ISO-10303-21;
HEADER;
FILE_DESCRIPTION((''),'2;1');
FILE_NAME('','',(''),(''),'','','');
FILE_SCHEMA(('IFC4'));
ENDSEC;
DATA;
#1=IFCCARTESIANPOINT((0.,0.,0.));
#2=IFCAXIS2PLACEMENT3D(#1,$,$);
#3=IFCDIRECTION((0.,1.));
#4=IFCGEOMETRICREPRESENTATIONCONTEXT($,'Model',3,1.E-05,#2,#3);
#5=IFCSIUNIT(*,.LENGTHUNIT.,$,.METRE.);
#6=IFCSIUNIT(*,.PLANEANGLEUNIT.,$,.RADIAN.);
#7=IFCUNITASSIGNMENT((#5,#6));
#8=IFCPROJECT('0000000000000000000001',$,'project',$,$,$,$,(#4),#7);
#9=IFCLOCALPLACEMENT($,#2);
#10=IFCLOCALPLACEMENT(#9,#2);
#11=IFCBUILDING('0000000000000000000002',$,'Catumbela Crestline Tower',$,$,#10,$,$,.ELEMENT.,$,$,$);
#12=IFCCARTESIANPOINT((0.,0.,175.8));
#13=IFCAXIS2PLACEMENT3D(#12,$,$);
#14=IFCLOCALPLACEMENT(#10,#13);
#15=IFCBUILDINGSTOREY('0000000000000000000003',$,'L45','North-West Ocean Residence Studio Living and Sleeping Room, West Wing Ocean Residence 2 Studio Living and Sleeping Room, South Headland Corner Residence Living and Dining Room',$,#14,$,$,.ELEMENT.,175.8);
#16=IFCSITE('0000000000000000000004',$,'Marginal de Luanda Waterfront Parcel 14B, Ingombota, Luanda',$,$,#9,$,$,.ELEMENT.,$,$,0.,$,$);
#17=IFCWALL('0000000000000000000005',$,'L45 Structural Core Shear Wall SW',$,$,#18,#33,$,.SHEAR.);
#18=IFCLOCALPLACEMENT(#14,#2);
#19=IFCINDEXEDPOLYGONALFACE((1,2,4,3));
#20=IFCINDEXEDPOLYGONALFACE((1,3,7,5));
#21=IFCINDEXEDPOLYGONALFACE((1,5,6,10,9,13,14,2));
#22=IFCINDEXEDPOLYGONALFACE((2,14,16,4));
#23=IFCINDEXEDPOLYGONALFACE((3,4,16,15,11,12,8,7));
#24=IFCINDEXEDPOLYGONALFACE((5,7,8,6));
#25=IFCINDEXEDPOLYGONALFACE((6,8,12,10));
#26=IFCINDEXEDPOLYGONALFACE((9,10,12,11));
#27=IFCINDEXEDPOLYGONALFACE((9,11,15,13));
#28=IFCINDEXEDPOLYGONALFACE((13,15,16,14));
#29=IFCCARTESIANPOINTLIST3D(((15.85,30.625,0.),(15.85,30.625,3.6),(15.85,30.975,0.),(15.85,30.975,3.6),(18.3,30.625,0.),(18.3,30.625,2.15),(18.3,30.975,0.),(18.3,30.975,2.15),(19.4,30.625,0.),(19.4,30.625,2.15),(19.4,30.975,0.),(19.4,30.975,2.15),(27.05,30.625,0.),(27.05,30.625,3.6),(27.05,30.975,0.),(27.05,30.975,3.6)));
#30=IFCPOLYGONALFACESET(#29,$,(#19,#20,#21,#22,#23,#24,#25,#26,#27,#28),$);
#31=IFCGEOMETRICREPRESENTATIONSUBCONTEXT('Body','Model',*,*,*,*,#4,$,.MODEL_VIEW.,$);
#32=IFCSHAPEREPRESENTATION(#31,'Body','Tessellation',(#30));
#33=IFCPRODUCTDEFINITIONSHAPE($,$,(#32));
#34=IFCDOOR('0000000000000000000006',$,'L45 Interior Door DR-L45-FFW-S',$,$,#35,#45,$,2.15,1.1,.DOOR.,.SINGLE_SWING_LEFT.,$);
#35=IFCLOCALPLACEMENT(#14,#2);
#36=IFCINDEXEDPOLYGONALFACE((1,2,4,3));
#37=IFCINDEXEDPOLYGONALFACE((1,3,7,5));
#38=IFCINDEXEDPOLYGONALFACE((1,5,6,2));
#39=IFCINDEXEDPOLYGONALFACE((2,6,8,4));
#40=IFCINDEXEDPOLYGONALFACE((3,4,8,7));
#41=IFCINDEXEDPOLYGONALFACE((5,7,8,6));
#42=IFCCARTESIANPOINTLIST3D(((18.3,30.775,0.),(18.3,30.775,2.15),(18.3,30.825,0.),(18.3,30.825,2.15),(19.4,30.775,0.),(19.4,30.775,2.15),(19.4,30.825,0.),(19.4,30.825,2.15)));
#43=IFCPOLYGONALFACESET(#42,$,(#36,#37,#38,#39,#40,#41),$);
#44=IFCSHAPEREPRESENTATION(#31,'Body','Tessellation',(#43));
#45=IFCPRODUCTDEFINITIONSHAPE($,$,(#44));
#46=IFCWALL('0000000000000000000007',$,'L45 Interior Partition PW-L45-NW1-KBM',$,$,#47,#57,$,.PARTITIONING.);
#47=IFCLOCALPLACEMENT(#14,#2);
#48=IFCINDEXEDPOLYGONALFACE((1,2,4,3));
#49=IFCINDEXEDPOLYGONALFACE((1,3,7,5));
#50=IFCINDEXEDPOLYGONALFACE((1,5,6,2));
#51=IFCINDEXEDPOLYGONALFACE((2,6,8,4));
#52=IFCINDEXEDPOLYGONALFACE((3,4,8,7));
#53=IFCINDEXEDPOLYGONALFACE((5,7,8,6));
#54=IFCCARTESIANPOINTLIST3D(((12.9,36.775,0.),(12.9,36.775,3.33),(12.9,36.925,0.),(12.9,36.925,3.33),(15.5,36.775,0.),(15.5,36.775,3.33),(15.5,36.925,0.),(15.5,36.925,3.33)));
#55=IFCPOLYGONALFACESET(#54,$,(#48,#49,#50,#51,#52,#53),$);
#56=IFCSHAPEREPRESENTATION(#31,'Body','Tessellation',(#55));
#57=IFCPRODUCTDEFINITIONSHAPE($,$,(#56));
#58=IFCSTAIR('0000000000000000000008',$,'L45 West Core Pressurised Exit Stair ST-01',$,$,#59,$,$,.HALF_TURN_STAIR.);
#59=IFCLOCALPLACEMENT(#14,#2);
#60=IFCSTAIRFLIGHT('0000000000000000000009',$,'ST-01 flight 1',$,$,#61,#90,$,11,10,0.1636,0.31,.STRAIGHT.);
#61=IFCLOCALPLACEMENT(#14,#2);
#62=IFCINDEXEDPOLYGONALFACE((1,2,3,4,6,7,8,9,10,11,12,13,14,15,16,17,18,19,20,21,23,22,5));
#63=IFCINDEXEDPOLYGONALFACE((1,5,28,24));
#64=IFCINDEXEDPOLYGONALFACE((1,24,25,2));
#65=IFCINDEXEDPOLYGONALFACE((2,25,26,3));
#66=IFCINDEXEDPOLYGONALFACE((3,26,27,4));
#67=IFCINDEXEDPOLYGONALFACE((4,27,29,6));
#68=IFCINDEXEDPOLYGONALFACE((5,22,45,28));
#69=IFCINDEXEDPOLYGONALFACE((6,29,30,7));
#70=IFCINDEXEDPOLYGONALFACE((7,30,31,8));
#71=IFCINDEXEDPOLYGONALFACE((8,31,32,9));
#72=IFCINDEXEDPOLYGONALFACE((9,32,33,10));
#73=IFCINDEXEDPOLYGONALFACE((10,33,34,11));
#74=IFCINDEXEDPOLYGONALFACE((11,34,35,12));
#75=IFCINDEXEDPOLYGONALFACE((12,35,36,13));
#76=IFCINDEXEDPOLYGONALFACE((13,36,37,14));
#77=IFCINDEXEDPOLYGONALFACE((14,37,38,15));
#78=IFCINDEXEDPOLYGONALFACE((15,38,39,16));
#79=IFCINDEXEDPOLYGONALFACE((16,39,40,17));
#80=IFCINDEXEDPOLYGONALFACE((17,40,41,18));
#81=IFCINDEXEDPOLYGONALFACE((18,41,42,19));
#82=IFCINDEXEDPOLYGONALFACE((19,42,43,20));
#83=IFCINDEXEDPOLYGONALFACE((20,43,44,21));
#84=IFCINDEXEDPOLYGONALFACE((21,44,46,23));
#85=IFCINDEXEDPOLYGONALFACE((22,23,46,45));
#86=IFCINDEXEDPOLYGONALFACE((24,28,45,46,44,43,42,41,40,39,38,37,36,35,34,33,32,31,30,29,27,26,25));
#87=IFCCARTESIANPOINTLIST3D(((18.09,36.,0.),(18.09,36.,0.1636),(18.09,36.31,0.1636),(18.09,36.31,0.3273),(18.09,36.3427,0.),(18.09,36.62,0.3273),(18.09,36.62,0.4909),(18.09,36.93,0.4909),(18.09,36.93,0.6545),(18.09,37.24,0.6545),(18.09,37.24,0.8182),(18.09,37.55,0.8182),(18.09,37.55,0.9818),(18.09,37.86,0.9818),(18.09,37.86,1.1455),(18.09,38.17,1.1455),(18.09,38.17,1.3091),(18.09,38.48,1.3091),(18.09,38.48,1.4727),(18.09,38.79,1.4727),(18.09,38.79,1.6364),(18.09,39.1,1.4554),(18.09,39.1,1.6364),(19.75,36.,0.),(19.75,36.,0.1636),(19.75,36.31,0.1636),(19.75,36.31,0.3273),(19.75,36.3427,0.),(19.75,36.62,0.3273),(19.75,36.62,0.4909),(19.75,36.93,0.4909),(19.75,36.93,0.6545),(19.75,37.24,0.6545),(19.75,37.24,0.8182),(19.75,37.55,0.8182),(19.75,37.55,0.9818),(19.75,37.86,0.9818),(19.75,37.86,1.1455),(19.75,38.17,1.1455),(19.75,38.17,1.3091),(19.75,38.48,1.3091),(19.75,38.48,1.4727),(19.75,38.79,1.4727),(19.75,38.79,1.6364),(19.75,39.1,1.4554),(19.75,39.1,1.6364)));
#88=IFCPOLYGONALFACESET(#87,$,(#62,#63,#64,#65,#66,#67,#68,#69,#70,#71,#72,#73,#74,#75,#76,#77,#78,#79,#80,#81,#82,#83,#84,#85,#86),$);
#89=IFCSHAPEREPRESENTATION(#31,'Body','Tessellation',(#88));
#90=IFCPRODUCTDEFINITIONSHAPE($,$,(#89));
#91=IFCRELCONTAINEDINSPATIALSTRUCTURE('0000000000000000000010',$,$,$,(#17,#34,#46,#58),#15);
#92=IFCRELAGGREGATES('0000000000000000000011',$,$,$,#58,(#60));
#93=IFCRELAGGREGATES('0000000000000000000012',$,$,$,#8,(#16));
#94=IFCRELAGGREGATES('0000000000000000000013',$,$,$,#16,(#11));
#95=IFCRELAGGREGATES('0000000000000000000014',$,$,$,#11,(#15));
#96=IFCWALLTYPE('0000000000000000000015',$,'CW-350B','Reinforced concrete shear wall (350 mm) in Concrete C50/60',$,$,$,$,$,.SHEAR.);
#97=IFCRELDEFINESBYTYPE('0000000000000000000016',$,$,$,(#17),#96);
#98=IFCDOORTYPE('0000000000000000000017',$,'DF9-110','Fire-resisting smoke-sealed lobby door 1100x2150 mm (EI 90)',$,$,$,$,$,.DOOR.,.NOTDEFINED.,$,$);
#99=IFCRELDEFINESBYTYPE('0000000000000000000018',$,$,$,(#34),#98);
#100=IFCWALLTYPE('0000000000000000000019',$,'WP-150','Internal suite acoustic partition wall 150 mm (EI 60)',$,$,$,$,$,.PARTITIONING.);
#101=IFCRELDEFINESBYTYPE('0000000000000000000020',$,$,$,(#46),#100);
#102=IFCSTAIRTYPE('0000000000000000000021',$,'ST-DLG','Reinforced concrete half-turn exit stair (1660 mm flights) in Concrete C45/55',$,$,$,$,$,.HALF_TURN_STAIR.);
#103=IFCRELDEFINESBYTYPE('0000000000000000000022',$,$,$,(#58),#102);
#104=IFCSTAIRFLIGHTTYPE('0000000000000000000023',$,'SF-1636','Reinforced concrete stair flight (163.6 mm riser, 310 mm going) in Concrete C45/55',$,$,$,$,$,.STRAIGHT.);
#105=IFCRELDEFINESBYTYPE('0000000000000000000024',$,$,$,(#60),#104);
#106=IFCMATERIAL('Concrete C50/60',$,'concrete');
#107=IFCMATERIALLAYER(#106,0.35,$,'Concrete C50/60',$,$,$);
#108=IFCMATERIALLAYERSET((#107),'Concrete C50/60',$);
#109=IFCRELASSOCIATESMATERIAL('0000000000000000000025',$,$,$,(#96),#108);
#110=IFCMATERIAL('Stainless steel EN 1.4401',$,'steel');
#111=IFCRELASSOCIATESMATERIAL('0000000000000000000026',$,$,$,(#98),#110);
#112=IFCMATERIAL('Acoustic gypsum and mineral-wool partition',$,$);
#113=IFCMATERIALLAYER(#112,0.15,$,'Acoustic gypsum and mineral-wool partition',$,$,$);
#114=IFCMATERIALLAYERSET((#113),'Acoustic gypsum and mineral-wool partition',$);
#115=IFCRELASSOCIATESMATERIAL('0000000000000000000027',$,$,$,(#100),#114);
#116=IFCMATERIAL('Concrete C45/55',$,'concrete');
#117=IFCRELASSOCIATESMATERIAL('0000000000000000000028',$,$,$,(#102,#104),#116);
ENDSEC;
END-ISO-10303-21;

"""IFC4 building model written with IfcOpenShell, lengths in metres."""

from ifc_helpers import new_model, si_unit, direction, frame, frame_2d, origin, place, context, subcontext, project, spatial, polyline, rectangle, outline, extrude, material, layer, layer_set, type_object, element, fill, aggregate, save


model = new_model("IFC4")

# Units and contexts
model_context = context("Model", 3, precision=1e-05, world=origin(), true_north=direction((0.0, 1.0)))
body_context = subcontext(model_context, "Body", "Model", "MODEL_VIEW")
ifc_project = project(units=[si_unit("LENGTHUNIT", "METRE"), si_unit("PLANEANGLEUNIT", "RADIAN")], contexts=[model_context])

# Site, building, storey
site_placement = place(None, origin())
site = spatial("IfcSite", under=ifc_project, at=site_placement, Name="Marginal de Luanda Waterfront Parcel 14B, Ingombota, Luanda", CompositionType="ELEMENT", RefElevation=0.0)
building_placement = place(site_placement, origin())
building = spatial("IfcBuilding", under=site, at=building_placement, Name="Catumbela Crestline Tower", CompositionType="ELEMENT")
storey_placement = place(building_placement, frame((0.0, 0.0, 175.8)))
storey = spatial("IfcBuildingStorey", under=building, at=storey_placement, Name="L45", Description="North-West Ocean Residence Studio Living and Sleeping Room, West Wing Ocean Residence 2 Studio Living and Sleeping Room, South Headland Corner Residence Living and Dining Room", CompositionType="ELEMENT", Elevation=175.8)

# Shared definitions
ifc_material_1 = material(Name="Concrete C50/60", Category="concrete")

# Shared definitions
ifc_material_2 = material(Name="Stainless steel EN 1.4401", Category="steel")

# Wall, opening, door
ifc_layer_1 = layer(ifc_material_1, 0.35, Name="Concrete C50/60")
ifc_layer_set_1 = layer_set([ifc_layer_1], Name="Concrete C50/60")
wall_type_1 = type_object("IfcWallType", Name="CW-350B", Description="Reinforced concrete shear wall (350 mm) in Concrete C50/60", PredefinedType="SHEAR", material=ifc_layer_set_1)
wall_1_placement = place(storey_placement, frame((15.85, 30.8, 0.0), z_axis=(0.0, 0.0, 1.0), x_axis=(1.0, 0.0, 0.0)))
wall_1 = element("IfcWall", 1, at=wall_1_placement, inside=storey, type_object=wall_type_1, Name="L45 Structural Core Shear Wall SW", PredefinedType="SHEAR", context=body_context, shape_type="SweptSolid", body=[
    extrude(rectangle(XDim=11.2, YDim=0.35, at=frame_2d((5.6, 0.0))), origin(), (0.0, 0.0, 1.0), 3.6),
])
opening_1_placement = place(wall_1_placement, frame((2.45, 0.0, 0.0)))
opening_1 = element("IfcOpeningElement", 2, at=opening_1_placement, cuts=wall_1, PredefinedType="OPENING", context=body_context, shape_type="SweptSolid", body=[
    extrude(rectangle(XDim=1.1, YDim=2.15, at=frame_2d((0.55, 1.075))), frame((0.0, 0.185, 0.0), z_axis=(0.0, -1.0, 0.0), x_axis=(1.0, 0.0, 0.0)), (0.0, 0.0, 1.0), 0.37),
])
door_type_1 = type_object("IfcDoorType", Name="DF9-110", Description="Fire-resisting smoke-sealed lobby door 1100x2150 mm (EI 90)", OperationType="NOTDEFINED", PredefinedType="DOOR", material=ifc_material_2)
door_1_placement = place(opening_1_placement, origin())
door_1 = element("IfcDoor", 3, at=door_1_placement, inside=storey, type_object=door_type_1, Name="L45 Interior Door DR-L45-FFW-S", OperationType="SINGLE_SWING_LEFT", OverallHeight=2.15, OverallWidth=1.1, PredefinedType="DOOR", context=body_context, shape_type="SweptSolid", body=[
    extrude(rectangle(XDim=1.1, YDim=2.15, at=frame_2d((0.55, 1.075))), frame((0.0, 0.025, 0.0), z_axis=(0.0, -1.0, 0.0), x_axis=(1.0, 0.0, 0.0)), (0.0, 0.0, 1.0), 0.05),
])
fill(opening_1, door_1)

# Wall
ifc_material_3 = material(Name="Acoustic gypsum and mineral-wool partition")
ifc_layer_2 = layer(ifc_material_3, 0.15, Name="Acoustic gypsum and mineral-wool partition")
ifc_layer_set_2 = layer_set([ifc_layer_2], Name="Acoustic gypsum and mineral-wool partition")
wall_type_2 = type_object("IfcWallType", Name="WP-150", Description="Internal suite acoustic partition wall 150 mm (EI 60)", PredefinedType="PARTITIONING", material=ifc_layer_set_2)
wall_2_placement = place(storey_placement, frame((12.9, 36.85, 0.0), z_axis=(0.0, 0.0, 1.0), x_axis=(1.0, 0.0, 0.0)))
element("IfcWall", 4, at=wall_2_placement, inside=storey, type_object=wall_type_2, Name="L45 Interior Partition PW-L45-NW1-KBM", PredefinedType="PARTITIONING", context=body_context, shape_type="SweptSolid", body=[
    extrude(rectangle(XDim=2.6, YDim=0.15, at=frame_2d((1.3, 0.0))), origin(), (0.0, 0.0, 1.0), 3.33),
])

# Stair, stair flight
ifc_material_4 = material(Name="Concrete C45/55", Category="concrete")
stair_type = type_object("IfcStairType", Name="ST-DLG", Description="Reinforced concrete half-turn exit stair (1660 mm flights) in Concrete C45/55", PredefinedType="HALF_TURN_STAIR", material=ifc_material_4)
stair_placement = place(storey_placement, origin())
stair = element("IfcStair", 5, at=stair_placement, inside=storey, type_object=stair_type, Name="L45 West Core Pressurised Exit Stair ST-01", PredefinedType="HALF_TURN_STAIR")
stair_flight_type = type_object("IfcStairFlightType", Name="SF-1636", Description="Reinforced concrete stair flight (163.6 mm riser, 310 mm going) in Concrete C45/55", PredefinedType="STRAIGHT", material=ifc_material_4)
stair_flight_placement = place(storey_placement, frame((18.92, 36.0, 0.0), z_axis=(0.0, 0.0, 1.0), x_axis=(0.0, 1.0, 0.0)))
stair_flight = element("IfcStairFlight", 6, at=stair_flight_placement, type_object=stair_flight_type, Name="ST-01 flight 1", NumberOfRisers=11, NumberOfTreads=10, PredefinedType="STRAIGHT", RiserHeight=0.1636, TreadLength=0.31, context=body_context, shape_type="SweptSolid", body=[
    extrude(outline(polyline([(0.0, 0.0), (0.0, 0.1636), (0.31, 0.1636), (0.31, 0.3273), (0.62, 0.3273), (0.62, 0.4909), (0.93, 0.4909), (0.93, 0.6545), (1.24, 0.6545), (1.24, 0.8182), (1.55, 0.8182), (1.55, 0.9818), (1.86, 0.9818), (1.86, 1.1455), (2.17, 1.1455), (2.17, 1.3091), (2.48, 1.3091), (2.48, 1.4727), (2.79, 1.4727), (2.79, 1.6364), (3.1, 1.6364), (3.1, 1.8), (3.1, 1.4554), (0.3427, 0.0), (0.0, 0.0)])), frame((0.0, 0.83, 0.0), z_axis=(0.0, -1.0, 0.0), x_axis=(1.0, 0.0, 0.0)), (0.0, 0.0, 1.0), 1.66),
])
aggregate(stair, [stair_flight])

save(model, "model.ifc")
